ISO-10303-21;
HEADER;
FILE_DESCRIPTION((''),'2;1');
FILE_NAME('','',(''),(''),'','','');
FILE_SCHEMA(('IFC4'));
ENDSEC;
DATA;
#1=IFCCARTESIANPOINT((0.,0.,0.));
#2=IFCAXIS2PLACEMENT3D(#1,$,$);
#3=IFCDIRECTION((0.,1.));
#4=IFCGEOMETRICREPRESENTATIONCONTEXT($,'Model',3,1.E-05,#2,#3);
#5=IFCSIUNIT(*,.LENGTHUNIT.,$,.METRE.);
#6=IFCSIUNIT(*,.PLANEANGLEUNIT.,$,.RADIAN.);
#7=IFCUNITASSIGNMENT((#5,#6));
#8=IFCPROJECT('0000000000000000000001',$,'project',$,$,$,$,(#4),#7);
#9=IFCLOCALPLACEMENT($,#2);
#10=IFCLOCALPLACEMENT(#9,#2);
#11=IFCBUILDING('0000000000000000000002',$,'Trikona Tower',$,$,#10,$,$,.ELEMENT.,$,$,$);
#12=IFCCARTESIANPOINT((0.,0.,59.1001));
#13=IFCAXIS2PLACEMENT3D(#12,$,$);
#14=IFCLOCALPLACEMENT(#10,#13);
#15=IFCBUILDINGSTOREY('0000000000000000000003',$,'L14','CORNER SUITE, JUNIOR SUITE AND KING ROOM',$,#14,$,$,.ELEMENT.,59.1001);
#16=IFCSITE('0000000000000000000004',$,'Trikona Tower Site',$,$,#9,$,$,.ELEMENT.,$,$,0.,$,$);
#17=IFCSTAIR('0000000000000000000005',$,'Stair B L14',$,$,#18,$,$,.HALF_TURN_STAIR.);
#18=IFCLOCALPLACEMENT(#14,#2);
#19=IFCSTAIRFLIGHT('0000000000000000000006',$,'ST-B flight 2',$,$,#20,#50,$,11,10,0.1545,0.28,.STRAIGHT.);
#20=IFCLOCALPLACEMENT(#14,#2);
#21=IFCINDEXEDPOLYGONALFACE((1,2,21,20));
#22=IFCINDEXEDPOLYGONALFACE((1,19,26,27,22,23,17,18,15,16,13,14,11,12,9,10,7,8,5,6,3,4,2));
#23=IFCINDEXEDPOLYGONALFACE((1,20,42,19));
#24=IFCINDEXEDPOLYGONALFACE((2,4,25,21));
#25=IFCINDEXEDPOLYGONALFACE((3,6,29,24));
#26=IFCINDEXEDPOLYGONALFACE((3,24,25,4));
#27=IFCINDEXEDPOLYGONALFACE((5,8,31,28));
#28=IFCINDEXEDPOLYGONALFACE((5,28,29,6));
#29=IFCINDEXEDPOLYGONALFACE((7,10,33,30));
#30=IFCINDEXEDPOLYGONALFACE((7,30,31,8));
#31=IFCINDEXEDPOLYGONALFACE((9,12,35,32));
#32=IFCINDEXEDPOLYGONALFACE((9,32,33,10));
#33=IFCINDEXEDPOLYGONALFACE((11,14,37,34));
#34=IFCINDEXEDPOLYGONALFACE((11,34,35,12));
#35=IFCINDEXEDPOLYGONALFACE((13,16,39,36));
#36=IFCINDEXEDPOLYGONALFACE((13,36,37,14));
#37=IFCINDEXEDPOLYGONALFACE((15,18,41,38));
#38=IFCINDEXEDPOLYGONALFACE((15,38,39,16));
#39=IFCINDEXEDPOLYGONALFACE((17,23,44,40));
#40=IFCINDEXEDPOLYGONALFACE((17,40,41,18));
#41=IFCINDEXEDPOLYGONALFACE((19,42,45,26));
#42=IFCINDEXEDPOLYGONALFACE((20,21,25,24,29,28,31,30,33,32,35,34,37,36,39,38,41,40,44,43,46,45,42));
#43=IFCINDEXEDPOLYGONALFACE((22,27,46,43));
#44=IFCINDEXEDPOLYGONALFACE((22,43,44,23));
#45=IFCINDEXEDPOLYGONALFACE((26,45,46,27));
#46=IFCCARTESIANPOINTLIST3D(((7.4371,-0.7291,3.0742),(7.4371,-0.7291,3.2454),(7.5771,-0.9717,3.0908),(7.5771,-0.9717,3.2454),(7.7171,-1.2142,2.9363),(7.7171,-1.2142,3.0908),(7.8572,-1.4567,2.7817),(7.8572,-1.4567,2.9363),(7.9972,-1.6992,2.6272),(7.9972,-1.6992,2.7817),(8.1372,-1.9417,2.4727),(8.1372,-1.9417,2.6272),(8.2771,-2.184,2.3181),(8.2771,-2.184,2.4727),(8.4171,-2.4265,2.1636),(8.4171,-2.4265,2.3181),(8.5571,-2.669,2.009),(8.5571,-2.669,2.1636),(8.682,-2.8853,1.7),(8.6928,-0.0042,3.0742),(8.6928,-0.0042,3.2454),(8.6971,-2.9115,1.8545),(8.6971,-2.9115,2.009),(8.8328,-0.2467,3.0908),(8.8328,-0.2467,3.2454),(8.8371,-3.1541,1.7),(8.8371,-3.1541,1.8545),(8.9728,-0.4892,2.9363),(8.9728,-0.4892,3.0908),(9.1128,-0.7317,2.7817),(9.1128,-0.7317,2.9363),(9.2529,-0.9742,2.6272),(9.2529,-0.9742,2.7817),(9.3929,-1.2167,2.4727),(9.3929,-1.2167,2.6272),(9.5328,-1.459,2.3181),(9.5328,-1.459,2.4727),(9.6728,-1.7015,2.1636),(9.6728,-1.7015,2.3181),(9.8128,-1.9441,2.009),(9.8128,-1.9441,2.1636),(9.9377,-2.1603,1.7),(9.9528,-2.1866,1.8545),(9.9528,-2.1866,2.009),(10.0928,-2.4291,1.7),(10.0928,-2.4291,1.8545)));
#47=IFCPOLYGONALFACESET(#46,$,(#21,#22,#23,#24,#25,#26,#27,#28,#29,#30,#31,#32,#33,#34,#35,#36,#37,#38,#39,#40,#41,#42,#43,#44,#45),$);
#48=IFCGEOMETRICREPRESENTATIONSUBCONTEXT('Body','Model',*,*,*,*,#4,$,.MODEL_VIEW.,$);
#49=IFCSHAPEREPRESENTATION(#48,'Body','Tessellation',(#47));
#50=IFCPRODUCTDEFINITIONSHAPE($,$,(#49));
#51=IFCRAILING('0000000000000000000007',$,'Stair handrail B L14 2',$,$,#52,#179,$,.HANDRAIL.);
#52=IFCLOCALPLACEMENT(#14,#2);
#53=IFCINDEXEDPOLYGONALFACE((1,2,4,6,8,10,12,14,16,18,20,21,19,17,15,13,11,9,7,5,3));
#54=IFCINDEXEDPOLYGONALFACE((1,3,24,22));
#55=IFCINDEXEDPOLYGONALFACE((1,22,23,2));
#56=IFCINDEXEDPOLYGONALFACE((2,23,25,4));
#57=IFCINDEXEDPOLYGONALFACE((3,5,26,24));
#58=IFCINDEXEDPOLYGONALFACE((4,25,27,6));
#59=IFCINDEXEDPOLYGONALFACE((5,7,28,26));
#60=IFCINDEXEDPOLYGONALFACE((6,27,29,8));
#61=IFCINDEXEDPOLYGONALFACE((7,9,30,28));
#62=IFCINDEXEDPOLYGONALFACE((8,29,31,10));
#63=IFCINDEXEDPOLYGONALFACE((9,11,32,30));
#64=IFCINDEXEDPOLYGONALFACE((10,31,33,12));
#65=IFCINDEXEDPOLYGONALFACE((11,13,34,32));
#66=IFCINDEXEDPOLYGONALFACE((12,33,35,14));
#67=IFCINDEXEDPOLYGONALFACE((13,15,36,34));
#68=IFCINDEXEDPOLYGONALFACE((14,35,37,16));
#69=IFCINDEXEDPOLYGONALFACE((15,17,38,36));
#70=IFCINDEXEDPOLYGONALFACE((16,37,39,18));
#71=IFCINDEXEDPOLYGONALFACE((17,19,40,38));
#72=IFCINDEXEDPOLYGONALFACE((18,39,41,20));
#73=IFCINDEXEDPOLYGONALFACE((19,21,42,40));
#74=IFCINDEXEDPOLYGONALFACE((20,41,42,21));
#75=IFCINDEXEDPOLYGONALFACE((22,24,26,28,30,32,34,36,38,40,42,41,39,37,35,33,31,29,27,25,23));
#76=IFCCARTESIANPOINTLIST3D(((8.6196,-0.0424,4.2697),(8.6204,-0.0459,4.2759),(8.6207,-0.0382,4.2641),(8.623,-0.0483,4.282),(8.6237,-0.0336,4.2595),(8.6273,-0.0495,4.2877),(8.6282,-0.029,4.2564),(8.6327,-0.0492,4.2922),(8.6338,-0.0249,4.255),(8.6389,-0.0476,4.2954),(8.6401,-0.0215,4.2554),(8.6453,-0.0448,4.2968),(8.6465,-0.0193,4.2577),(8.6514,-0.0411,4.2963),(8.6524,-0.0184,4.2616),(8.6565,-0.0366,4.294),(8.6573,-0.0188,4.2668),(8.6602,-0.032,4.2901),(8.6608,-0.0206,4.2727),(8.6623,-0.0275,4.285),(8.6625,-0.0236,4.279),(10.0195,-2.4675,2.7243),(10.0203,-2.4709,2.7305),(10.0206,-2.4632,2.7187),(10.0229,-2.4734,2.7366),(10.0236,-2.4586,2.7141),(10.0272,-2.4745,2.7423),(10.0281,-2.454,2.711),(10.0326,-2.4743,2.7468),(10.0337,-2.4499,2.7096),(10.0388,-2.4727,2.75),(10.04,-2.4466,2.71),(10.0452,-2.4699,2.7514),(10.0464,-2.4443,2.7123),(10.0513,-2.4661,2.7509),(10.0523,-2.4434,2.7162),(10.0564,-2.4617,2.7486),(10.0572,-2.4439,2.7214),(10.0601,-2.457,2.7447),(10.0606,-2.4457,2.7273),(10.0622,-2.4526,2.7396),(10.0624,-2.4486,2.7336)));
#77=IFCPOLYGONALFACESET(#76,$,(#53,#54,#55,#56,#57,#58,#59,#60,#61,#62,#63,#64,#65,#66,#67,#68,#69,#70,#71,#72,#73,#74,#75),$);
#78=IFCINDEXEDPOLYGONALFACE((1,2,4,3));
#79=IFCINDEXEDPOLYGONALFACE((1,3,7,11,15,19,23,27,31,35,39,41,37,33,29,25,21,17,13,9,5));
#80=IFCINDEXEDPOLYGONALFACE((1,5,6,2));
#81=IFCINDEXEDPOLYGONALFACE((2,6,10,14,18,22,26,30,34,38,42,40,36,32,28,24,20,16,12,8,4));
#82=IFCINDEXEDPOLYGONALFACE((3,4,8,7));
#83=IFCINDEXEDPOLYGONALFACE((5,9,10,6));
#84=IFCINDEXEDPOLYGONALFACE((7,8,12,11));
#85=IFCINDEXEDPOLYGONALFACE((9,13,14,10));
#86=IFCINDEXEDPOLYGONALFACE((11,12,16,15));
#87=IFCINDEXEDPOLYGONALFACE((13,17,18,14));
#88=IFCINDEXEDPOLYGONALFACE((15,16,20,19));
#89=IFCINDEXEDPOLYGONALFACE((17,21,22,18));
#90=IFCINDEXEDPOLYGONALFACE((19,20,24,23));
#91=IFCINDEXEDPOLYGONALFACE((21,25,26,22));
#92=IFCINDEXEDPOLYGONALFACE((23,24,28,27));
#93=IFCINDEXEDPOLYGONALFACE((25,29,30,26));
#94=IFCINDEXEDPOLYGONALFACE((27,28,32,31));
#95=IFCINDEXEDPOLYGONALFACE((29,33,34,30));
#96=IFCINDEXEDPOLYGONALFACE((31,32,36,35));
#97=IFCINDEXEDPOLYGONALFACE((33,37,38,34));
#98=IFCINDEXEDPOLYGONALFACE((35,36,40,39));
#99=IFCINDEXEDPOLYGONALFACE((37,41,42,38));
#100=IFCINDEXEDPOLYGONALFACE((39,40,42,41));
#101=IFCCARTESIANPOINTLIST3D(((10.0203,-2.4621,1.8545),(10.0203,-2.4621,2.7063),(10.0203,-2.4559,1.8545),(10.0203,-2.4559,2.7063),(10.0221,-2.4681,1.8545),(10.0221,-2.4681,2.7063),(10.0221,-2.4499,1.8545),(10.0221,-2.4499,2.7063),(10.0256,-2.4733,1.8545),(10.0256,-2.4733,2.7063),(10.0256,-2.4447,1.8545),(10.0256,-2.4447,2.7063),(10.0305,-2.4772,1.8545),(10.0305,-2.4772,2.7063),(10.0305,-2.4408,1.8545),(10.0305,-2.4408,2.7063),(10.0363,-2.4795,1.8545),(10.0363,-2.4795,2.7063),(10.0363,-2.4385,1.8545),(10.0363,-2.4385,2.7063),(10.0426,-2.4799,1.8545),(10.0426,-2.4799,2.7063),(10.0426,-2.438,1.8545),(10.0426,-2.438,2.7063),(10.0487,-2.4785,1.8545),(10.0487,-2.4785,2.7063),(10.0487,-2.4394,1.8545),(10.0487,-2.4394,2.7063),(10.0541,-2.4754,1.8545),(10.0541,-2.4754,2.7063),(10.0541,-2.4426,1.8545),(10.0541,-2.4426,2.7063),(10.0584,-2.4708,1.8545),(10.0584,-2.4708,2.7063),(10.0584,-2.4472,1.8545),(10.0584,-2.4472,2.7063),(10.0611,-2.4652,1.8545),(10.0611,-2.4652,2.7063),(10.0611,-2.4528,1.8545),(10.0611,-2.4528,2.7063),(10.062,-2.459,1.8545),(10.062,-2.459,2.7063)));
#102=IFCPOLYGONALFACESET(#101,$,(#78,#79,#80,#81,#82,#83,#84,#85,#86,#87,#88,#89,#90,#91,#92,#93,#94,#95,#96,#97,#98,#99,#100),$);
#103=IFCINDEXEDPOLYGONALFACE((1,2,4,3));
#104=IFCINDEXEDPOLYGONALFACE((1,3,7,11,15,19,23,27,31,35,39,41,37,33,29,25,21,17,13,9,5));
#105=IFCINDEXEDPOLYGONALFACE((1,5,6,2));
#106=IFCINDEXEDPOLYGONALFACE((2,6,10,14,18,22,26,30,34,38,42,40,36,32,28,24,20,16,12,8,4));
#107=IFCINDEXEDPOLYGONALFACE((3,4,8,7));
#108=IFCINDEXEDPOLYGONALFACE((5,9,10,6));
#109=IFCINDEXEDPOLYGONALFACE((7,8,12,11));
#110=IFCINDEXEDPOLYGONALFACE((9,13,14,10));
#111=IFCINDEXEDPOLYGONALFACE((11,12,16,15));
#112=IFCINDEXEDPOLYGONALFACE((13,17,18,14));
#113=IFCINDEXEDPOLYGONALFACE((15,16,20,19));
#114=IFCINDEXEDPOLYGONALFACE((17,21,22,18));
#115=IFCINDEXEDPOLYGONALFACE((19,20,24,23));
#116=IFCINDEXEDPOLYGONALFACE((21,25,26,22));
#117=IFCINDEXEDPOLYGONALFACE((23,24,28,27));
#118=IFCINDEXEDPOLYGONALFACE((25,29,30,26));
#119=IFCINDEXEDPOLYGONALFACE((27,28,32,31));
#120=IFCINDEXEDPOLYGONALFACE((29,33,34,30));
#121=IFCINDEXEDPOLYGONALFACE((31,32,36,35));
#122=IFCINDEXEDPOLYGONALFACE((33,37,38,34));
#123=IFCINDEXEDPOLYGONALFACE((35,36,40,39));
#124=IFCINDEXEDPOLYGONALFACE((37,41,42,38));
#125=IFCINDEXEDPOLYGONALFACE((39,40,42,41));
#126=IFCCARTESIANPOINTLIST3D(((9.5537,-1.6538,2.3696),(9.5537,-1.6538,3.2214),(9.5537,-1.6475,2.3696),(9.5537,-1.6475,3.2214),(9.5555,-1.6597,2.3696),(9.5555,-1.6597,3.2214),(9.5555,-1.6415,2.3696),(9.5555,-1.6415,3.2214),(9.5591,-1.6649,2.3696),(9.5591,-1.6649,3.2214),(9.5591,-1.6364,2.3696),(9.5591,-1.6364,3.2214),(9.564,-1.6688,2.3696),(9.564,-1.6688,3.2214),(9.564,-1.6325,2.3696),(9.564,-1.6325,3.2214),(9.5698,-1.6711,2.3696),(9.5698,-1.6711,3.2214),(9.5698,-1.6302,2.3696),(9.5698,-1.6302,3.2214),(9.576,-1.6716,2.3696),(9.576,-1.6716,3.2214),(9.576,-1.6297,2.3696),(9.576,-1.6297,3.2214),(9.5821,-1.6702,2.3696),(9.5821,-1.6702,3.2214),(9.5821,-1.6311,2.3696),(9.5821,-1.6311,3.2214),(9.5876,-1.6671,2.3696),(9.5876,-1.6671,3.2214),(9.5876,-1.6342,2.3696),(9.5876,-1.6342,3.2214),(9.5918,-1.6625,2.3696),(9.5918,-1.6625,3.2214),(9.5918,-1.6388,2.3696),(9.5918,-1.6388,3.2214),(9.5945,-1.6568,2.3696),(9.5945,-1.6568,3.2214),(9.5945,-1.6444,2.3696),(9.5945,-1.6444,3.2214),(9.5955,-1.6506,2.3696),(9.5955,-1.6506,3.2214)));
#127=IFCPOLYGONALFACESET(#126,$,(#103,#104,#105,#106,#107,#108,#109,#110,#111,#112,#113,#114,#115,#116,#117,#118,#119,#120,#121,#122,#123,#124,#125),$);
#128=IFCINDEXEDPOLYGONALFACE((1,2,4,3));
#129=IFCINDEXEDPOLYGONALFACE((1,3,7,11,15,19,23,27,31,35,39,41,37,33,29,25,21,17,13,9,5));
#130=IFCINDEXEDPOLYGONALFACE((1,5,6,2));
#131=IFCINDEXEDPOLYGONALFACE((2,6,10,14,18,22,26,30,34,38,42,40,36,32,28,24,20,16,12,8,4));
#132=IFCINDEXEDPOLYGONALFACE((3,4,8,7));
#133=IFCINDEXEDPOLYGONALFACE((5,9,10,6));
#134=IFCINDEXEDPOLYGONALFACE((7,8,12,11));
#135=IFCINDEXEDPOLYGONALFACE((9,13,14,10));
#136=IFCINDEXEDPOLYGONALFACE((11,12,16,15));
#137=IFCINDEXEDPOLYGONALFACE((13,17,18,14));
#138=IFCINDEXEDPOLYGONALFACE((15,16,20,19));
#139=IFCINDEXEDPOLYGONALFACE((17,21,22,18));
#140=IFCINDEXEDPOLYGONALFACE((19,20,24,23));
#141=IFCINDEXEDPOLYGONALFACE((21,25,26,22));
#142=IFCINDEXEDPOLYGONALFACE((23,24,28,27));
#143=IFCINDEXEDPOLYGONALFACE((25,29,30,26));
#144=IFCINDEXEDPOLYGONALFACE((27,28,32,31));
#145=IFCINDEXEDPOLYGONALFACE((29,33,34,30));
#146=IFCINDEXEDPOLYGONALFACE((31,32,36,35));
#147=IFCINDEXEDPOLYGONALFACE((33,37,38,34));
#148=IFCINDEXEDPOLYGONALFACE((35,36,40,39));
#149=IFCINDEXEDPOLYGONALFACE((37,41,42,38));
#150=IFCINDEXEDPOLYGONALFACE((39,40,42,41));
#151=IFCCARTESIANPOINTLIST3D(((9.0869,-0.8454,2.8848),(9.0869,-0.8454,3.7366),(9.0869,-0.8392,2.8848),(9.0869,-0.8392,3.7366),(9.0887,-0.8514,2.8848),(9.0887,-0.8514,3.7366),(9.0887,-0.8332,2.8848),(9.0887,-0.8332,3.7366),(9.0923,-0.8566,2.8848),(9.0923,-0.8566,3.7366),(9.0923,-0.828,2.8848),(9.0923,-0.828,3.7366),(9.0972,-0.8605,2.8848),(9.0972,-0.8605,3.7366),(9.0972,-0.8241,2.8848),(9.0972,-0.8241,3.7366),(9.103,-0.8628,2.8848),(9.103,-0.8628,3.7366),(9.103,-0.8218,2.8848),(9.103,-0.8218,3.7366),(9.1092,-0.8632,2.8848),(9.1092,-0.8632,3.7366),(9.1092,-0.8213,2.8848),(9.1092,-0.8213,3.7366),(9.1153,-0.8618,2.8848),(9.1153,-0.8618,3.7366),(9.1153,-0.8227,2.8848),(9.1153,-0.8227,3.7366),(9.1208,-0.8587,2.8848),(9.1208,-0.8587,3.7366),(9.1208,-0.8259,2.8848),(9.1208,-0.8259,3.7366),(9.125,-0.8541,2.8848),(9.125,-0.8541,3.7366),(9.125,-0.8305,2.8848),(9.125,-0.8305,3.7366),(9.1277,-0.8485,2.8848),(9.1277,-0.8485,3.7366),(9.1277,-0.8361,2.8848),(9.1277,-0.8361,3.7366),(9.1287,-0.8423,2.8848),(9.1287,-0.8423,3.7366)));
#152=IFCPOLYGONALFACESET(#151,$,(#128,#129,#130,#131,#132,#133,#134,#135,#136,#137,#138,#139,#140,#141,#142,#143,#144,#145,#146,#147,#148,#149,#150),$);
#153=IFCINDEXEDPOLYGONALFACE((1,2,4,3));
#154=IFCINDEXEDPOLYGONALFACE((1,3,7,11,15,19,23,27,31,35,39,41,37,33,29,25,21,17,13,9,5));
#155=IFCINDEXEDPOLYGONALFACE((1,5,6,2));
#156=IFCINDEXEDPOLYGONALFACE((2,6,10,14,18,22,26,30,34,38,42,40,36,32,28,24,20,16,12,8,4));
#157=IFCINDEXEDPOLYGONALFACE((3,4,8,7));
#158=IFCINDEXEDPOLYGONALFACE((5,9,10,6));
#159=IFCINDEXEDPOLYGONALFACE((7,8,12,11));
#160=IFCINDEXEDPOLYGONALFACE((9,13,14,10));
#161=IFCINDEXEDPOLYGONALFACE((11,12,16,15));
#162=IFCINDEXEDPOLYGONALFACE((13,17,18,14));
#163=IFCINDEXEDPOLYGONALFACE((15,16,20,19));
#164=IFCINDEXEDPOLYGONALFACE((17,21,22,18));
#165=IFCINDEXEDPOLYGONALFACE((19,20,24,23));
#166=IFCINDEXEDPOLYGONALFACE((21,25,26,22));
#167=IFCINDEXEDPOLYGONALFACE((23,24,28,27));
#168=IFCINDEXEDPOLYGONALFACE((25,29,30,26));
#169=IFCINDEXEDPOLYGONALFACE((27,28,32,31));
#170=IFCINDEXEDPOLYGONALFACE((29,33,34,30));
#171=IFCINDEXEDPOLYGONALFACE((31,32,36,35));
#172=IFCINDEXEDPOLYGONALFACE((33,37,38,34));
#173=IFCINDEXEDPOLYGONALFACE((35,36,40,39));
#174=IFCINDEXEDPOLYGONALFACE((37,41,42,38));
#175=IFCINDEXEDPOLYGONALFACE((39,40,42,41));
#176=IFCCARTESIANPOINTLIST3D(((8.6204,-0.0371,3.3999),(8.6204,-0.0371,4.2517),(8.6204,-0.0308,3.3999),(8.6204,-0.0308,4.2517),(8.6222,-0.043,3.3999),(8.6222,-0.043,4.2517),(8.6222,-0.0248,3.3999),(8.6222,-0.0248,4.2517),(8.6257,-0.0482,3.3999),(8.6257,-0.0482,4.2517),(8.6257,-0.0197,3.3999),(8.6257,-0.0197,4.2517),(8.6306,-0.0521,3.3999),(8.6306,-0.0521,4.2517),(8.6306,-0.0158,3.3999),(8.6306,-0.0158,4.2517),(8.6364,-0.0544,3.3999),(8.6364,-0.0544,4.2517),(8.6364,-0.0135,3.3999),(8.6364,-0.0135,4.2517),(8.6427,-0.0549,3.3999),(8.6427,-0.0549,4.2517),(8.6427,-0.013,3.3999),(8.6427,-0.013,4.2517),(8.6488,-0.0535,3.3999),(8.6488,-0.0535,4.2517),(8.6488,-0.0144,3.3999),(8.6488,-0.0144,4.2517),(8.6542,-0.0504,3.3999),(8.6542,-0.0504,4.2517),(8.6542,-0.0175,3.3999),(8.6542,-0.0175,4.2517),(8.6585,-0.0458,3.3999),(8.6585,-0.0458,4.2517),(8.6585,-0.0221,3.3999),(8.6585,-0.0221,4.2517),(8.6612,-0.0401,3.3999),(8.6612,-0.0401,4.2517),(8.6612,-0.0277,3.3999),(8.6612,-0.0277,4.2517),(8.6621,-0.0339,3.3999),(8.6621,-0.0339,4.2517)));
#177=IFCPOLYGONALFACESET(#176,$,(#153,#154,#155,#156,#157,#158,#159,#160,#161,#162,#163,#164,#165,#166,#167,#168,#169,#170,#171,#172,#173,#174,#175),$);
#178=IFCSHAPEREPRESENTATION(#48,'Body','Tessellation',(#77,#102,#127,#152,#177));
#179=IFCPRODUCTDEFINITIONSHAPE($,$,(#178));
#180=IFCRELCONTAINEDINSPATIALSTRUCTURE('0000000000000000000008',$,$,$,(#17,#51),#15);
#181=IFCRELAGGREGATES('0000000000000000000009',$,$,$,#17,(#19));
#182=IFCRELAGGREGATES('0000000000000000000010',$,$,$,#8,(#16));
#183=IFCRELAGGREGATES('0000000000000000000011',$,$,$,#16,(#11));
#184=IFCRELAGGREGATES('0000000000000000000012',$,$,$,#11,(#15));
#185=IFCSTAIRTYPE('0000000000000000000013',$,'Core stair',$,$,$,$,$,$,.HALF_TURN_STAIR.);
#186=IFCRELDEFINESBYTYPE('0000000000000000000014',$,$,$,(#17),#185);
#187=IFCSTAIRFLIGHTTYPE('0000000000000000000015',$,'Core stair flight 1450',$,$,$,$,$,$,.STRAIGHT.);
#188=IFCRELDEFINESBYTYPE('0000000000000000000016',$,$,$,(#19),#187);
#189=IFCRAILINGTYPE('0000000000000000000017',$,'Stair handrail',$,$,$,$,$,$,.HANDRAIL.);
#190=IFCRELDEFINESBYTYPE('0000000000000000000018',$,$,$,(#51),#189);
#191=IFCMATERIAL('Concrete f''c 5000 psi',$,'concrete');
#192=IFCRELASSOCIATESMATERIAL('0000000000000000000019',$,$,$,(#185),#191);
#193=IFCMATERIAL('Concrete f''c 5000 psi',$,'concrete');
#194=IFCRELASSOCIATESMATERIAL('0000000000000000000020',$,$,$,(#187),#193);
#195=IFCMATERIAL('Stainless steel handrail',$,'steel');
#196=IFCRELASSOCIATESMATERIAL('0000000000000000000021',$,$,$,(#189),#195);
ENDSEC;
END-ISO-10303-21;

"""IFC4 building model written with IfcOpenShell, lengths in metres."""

from ifc_helpers import new_model, si_unit, direction, frame, origin, origin_2d, place, context, subcontext, project, spatial, polyline, circle, outline, extrude, material, type_object, element, aggregate, save


model = new_model("IFC4")

# Units and contexts
model_context = context("Model", 3, precision=1e-05, world=origin(), true_north=direction((0.0, 1.0)))
body_context = subcontext(model_context, "Body", "Model", "MODEL_VIEW")
ifc_project = project(units=[si_unit("LENGTHUNIT", "METRE"), si_unit("PLANEANGLEUNIT", "RADIAN")], contexts=[model_context])

# Site, building, storey
site_placement = place(None, origin())
site = spatial("IfcSite", under=ifc_project, at=site_placement, Name="Trikona Tower Site", CompositionType="ELEMENT", RefElevation=0.0)
building_placement = place(site_placement, origin())
building = spatial("IfcBuilding", under=site, at=building_placement, Name="Trikona Tower", CompositionType="ELEMENT")
storey_placement = place(building_placement, frame((0.0, 0.0, 59.1001)))
storey = spatial("IfcBuildingStorey", under=building, at=storey_placement, Name="L14", Description="CORNER SUITE, JUNIOR SUITE AND KING ROOM", CompositionType="ELEMENT", Elevation=59.1001)

# Stair, stair flight
ifc_material_1 = material(Name="Concrete f'c 5000 psi", Category="concrete")
stair_type = type_object("IfcStairType", Name="Core stair", PredefinedType="HALF_TURN_STAIR", material=ifc_material_1)
stair_placement = place(storey_placement, origin())
stair = element("IfcStair", 1, at=stair_placement, inside=storey, type_object=stair_type, Name="Stair B L14", PredefinedType="HALF_TURN_STAIR")
ifc_material_2 = material(Name="Concrete f'c 5000 psi", Category="concrete")
stair_flight_type = type_object("IfcStairFlightType", Name="Core stair flight 1450", PredefinedType="STRAIGHT", material=ifc_material_2)
stair_flight_placement = place(storey_placement, frame((9.4651, -2.7915, 1.7), z_axis=(0.0, 0.0, 1.0), x_axis=(-0.5, 0.866025, 0.0)))
stair_flight = element("IfcStairFlight", 2, at=stair_flight_placement, type_object=stair_flight_type, Name="ST-B flight 2", NumberOfRisers=11, NumberOfTreads=10, PredefinedType="STRAIGHT", RiserHeight=0.1545, TreadLength=0.28, context=body_context, shape_type="SweptSolid", body=[
    extrude(outline(polyline([(0.0, 0.0), (0.0, 0.1545), (0.28, 0.1545), (0.28, 0.3091), (0.5601, 0.3091), (0.5601, 0.4636), (0.8401, 0.4636), (0.8401, 0.6182), (1.1201, 0.6182), (1.1201, 0.7727), (1.3999, 0.7727), (1.3999, 0.9272), (1.6799, 0.9272), (1.6799, 1.0818), (1.96, 1.0818), (1.96, 1.2363), (2.24, 1.2363), (2.24, 1.3909), (2.52, 1.3909), (2.52, 1.5454), (2.8, 1.5454), (2.8, 1.7), (2.8, 1.3743), (0.3103, 0.0), (0.0, 0.0)])), frame((0.0, 0.7251, 0.0), z_axis=(0.0, -1.0, 0.0), x_axis=(1.0, 0.0, 0.0)), (0.0, 0.0, 1.0), 1.45),
])
aggregate(stair, [stair_flight])

# Railing
ifc_material_3 = material(Name="Stainless steel handrail", Category="steel")
railing_type = type_object("IfcRailingType", Name="Stair handrail", PredefinedType="HANDRAIL", material=ifc_material_3)
railing_placement = place(storey_placement, frame((10.041, -2.459, 1.8545)))
element("IfcRailing", 3, at=railing_placement, inside=storey, type_object=railing_type, Name="Stair handrail B L14 2", PredefinedType="HANDRAIL", context=body_context, shape_type="SweptSolid", body=[
    extrude(circle(Radius=0.0239, at=origin_2d()), frame((0.0, 0.0, 0.876), z_axis=(-0.437707, 0.75824, 0.483203), x_axis=(-0.866056, -0.499946, 0.0)), (0.0, 0.0, 1.0), 3.1982),
    extrude(circle(Radius=0.021, at=origin_2d()), origin(), (0.0, 0.0, 1.0), 0.8518),
    extrude(circle(Radius=0.021, at=origin_2d()), frame((-0.4666, 0.8083, 0.5151)), (0.0, 0.0, 1.0), 0.8518),
    extrude(circle(Radius=0.021, at=origin_2d()), frame((-0.9333, 1.6167, 1.0303)), (0.0, 0.0, 1.0), 0.8518),
    extrude(circle(Radius=0.021, at=origin_2d()), frame((-1.3999, 2.425, 1.5454)), (0.0, 0.0, 1.0), 0.8518),
])

save(model, "model.ifc")
